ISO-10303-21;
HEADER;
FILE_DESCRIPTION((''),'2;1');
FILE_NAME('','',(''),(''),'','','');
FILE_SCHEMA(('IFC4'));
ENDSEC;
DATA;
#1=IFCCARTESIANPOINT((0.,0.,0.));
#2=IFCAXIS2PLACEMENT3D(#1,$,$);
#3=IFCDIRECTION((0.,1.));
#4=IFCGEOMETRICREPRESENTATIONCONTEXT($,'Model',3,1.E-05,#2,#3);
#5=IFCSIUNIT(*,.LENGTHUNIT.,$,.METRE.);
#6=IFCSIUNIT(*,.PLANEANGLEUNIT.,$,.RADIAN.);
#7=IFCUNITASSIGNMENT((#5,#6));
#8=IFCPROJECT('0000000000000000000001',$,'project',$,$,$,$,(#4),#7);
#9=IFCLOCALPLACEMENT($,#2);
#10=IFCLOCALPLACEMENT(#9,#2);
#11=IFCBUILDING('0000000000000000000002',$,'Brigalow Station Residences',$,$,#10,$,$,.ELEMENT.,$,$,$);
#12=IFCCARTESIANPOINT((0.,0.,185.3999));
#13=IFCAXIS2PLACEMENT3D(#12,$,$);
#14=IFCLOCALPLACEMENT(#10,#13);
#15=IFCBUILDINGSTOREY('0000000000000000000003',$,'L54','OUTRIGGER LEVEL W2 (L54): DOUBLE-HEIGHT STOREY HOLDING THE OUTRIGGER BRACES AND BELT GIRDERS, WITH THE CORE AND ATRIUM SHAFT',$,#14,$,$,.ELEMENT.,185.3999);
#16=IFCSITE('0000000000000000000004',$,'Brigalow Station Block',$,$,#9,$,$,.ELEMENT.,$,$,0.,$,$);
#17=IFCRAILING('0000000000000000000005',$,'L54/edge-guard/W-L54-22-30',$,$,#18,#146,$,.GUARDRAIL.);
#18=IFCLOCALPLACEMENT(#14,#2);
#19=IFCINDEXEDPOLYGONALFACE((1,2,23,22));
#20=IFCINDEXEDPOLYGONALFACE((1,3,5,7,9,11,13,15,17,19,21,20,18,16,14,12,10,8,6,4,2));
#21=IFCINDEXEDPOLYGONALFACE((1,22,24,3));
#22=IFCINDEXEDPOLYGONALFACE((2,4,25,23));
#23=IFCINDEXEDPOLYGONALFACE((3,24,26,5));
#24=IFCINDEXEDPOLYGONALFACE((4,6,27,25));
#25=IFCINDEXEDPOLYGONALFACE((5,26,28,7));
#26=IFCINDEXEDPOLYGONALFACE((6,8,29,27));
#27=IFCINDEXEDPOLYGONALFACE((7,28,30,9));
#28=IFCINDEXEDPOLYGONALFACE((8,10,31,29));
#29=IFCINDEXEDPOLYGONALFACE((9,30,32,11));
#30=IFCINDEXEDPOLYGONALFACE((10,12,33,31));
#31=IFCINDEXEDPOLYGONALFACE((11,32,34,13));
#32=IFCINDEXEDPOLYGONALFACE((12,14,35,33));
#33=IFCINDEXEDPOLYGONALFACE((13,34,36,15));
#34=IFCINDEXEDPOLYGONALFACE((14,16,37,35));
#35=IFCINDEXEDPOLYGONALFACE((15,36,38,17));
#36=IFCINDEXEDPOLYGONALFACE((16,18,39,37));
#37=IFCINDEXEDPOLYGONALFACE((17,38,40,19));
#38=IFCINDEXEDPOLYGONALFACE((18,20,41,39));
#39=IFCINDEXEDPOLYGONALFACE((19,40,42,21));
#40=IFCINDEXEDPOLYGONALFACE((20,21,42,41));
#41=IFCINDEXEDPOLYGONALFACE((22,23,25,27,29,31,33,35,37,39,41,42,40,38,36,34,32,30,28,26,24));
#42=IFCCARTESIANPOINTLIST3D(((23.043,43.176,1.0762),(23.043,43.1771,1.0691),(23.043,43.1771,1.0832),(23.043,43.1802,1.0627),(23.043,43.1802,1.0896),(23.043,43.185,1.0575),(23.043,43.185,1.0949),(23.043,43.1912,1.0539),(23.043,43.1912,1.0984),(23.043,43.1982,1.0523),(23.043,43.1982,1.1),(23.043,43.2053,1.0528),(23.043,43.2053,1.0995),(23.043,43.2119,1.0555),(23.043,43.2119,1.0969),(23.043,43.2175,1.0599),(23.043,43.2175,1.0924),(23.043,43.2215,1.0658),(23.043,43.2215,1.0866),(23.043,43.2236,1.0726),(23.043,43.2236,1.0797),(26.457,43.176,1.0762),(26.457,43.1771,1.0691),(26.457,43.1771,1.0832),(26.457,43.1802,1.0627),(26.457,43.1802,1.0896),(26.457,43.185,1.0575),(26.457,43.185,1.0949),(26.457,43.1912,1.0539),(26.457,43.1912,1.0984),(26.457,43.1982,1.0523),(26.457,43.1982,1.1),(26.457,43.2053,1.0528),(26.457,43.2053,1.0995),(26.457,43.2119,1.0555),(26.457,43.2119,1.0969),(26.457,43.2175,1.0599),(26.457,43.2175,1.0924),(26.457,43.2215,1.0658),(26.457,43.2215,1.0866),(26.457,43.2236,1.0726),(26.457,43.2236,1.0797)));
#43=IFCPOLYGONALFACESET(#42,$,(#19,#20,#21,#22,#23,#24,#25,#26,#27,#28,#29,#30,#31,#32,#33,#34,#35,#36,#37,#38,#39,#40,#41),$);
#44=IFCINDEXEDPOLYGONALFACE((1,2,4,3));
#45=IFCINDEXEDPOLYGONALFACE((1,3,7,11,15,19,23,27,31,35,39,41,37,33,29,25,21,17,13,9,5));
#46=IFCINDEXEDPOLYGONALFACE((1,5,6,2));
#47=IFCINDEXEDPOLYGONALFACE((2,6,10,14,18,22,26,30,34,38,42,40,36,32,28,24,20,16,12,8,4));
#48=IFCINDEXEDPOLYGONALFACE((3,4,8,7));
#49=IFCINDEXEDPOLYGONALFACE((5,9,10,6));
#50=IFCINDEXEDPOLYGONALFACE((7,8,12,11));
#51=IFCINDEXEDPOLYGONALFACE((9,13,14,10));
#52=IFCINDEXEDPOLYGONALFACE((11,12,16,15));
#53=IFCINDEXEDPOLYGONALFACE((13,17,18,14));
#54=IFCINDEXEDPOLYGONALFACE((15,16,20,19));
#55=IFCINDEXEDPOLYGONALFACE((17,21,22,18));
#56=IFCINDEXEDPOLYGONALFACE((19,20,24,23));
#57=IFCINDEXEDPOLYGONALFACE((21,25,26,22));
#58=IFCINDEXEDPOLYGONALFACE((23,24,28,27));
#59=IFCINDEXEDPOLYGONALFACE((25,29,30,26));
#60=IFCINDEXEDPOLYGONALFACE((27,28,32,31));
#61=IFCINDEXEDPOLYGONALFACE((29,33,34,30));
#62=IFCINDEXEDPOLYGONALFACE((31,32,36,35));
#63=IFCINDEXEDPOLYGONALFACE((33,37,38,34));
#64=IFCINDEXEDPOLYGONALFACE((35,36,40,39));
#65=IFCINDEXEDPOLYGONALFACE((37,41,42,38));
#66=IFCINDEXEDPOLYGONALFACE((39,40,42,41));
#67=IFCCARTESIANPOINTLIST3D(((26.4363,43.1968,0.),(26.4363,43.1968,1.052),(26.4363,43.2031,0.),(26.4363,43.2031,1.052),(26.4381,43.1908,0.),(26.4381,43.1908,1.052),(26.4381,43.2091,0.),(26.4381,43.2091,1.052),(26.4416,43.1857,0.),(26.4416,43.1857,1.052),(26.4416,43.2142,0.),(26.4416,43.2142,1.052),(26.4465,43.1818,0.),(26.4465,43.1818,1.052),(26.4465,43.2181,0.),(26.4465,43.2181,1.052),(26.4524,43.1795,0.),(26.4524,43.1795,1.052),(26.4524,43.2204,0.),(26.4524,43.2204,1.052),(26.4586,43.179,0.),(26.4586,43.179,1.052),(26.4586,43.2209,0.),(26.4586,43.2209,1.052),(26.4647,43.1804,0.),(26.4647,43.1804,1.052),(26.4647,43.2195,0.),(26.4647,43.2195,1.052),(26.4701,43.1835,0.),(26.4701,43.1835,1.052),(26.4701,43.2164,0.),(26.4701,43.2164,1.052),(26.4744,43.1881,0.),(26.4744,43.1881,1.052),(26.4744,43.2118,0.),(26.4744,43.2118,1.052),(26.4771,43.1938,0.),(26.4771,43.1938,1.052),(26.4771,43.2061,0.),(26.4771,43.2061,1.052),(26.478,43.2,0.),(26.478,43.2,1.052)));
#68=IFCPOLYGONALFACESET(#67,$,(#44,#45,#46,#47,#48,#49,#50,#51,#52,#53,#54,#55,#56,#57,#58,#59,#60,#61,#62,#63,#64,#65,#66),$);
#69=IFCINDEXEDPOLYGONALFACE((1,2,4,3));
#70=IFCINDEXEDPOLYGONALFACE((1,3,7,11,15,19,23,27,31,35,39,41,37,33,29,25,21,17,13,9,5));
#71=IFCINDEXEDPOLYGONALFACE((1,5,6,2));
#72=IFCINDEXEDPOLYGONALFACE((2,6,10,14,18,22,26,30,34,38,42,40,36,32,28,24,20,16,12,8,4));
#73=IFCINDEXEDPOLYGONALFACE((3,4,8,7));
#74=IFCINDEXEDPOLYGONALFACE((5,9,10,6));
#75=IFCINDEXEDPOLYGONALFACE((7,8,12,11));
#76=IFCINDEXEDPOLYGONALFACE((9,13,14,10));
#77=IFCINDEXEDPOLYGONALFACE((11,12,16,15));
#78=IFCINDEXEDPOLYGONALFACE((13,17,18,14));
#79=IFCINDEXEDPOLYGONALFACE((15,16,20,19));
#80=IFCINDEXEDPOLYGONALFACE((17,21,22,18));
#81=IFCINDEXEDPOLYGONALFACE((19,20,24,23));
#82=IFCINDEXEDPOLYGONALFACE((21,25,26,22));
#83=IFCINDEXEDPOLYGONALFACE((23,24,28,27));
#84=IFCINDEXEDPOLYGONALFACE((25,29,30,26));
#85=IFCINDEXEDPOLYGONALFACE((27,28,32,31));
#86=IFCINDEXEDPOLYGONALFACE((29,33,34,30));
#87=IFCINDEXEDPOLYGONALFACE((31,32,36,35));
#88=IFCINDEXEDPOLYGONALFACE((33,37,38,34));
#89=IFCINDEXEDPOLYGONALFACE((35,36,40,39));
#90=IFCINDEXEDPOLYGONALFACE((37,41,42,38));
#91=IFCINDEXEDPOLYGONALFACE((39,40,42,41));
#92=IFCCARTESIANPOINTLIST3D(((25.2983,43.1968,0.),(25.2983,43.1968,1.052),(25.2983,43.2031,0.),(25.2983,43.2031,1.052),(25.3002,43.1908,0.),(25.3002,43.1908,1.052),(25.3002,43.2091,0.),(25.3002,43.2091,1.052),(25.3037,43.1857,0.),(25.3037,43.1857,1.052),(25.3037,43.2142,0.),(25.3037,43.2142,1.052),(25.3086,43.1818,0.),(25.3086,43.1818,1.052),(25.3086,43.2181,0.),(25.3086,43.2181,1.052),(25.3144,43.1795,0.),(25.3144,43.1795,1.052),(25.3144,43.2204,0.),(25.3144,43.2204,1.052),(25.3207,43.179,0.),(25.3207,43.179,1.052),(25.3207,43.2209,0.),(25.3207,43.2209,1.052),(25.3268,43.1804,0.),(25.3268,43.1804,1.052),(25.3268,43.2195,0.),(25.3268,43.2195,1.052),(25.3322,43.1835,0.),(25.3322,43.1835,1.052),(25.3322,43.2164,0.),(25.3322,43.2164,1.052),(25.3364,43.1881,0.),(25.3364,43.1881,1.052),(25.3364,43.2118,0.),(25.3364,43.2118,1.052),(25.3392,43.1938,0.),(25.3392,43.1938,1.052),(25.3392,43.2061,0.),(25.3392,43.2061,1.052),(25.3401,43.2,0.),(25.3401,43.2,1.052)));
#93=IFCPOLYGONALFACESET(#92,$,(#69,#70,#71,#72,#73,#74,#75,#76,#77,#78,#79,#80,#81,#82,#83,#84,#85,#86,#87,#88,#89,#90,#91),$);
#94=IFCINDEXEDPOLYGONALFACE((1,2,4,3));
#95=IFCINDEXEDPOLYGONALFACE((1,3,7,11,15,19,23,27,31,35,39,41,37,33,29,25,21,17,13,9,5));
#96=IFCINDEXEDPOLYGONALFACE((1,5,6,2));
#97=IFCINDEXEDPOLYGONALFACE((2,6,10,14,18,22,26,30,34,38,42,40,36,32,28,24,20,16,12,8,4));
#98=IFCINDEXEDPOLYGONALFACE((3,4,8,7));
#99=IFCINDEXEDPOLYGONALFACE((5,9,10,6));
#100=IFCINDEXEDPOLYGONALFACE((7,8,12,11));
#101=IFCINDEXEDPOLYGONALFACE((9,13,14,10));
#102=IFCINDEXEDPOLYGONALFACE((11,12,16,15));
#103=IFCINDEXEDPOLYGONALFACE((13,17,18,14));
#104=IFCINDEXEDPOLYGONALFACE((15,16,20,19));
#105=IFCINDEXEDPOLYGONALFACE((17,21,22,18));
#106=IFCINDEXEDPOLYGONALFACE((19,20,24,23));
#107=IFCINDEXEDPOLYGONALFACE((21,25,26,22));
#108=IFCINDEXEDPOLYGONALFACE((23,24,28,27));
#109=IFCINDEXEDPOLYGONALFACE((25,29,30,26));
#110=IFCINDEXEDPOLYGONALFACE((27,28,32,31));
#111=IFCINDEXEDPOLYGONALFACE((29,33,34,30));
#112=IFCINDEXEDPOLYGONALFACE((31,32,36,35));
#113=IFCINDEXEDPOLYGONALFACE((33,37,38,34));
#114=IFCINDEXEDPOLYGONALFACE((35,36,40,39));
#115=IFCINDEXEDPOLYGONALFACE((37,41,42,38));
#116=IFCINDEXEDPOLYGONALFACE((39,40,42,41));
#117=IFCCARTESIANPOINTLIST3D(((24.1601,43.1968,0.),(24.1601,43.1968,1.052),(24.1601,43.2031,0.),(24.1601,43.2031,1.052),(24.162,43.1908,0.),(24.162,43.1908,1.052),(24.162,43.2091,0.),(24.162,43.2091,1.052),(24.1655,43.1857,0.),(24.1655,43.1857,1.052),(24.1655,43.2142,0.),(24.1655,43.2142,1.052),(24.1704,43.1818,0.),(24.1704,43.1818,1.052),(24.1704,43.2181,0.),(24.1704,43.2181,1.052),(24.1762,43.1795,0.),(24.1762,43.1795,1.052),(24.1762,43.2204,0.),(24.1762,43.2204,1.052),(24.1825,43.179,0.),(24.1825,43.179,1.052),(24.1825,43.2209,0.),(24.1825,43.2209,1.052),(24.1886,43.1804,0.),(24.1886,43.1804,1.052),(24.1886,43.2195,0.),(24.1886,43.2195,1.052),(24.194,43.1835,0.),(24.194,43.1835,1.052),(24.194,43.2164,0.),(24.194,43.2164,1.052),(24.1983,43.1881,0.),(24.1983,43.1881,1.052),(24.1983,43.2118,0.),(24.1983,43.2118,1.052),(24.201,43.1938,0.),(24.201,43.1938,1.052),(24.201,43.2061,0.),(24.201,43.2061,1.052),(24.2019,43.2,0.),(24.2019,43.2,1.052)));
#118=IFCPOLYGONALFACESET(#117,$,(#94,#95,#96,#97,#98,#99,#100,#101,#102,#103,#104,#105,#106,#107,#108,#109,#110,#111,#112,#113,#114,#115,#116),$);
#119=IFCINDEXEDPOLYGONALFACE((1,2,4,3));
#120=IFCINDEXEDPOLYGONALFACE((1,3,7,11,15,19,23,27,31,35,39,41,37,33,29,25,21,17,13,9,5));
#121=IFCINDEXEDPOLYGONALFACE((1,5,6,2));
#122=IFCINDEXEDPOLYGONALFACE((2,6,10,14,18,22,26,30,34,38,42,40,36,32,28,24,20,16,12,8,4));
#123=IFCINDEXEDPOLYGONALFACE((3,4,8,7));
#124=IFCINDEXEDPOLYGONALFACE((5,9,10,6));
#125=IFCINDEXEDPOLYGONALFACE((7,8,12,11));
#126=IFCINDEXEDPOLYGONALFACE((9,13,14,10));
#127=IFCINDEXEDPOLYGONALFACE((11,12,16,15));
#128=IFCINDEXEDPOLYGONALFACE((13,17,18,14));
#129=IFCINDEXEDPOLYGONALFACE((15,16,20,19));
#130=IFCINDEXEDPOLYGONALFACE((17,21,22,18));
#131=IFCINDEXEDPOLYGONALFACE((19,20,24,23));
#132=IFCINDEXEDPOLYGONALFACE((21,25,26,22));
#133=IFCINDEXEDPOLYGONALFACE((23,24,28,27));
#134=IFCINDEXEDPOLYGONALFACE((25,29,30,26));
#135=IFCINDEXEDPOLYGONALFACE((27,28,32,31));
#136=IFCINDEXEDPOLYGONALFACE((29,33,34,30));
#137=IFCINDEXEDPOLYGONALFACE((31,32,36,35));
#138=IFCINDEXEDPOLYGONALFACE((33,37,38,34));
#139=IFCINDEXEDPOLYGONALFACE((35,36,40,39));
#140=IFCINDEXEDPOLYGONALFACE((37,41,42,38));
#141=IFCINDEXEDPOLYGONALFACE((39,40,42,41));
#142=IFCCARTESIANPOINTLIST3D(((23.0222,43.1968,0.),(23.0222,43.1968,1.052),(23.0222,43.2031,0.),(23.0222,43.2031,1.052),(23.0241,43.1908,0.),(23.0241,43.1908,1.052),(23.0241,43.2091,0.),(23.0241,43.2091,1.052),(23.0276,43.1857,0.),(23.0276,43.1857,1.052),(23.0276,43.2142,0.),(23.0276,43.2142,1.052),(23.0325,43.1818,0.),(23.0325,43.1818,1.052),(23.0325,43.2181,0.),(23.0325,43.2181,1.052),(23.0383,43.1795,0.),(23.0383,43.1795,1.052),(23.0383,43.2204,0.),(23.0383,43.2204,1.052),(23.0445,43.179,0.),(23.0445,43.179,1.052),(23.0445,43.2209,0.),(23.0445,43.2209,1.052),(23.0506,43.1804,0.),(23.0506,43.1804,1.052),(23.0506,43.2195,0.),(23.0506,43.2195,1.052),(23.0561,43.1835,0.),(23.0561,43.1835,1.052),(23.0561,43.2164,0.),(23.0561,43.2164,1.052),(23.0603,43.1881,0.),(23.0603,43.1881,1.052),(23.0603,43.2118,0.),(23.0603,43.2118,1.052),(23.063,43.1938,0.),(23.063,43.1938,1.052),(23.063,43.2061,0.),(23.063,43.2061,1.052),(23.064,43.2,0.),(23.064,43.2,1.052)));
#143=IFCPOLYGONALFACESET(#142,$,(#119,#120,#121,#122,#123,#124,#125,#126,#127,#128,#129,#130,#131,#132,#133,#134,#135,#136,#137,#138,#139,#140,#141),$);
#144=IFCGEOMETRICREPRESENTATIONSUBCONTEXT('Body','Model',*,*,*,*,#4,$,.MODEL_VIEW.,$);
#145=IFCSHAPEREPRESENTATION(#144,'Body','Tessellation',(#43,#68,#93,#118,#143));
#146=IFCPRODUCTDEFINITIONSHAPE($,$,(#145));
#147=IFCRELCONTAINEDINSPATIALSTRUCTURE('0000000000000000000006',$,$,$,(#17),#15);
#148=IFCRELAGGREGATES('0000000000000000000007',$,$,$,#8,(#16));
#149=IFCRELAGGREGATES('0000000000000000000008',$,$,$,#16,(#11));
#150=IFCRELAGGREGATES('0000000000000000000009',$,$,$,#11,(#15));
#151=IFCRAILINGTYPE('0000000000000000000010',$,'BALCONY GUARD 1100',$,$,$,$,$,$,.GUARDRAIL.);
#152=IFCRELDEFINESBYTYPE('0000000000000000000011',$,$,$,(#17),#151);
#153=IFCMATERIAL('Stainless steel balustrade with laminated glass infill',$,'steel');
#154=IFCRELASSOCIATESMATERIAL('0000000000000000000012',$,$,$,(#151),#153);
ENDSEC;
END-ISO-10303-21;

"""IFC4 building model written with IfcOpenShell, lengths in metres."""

from ifc_helpers import new_model, si_unit, direction, frame, origin, origin_2d, place, context, subcontext, project, spatial, circle, extrude, material, type_object, element, save


model = new_model("IFC4")

# Units and contexts
model_context = context("Model", 3, precision=1e-05, world=origin(), true_north=direction((0.0, 1.0)))
body_context = subcontext(model_context, "Body", "Model", "MODEL_VIEW")
ifc_project = project(units=[si_unit("LENGTHUNIT", "METRE"), si_unit("PLANEANGLEUNIT", "RADIAN")], contexts=[model_context])

# Site, building, storey
site_placement = place(None, origin())
site = spatial("IfcSite", under=ifc_project, at=site_placement, Name="Brigalow Station Block", CompositionType="ELEMENT", RefElevation=0.0)
building_placement = place(site_placement, origin())
building = spatial("IfcBuilding", under=site, at=building_placement, Name="Brigalow Station Residences", CompositionType="ELEMENT")
storey_placement = place(building_placement, frame((0.0, 0.0, 185.3999)))
storey = spatial("IfcBuildingStorey", under=building, at=storey_placement, Name="L54", Description="OUTRIGGER LEVEL W2 (L54): DOUBLE-HEIGHT STOREY HOLDING THE OUTRIGGER BRACES AND BELT GIRDERS, WITH THE CORE AND ATRIUM SHAFT", CompositionType="ELEMENT", Elevation=185.3999)

# Railing
ifc_material_1 = material(Name="Stainless steel balustrade with laminated glass infill", Category="steel")
railing_type = type_object("IfcRailingType", Name="BALCONY GUARD 1100", PredefinedType="GUARDRAIL", material=ifc_material_1)
for number, where, name in (
    (1, (26.457, 43.2, 0.0), "L54/edge-guard/W-L54-22-30"),
):
    element("IfcRailing", number, at=place(storey_placement, frame(where)), inside=storey, type_object=railing_type, Name=name, PredefinedType="GUARDRAIL", context=body_context, shape_type="SweptSolid", body=[
        extrude(circle(Radius=0.0239, at=origin_2d()), frame((0.0, 0.0, 1.0762), z_axis=(-1.0, 0.0, 0.0), x_axis=(0.0, -1.0, 0.0)), (0.0, 0.0, 1.0), 3.4141),
        extrude(circle(Radius=0.021, at=origin_2d()), origin(), (0.0, 0.0, 1.0), 1.052),
        extrude(circle(Radius=0.021, at=origin_2d()), frame((-1.1379, 0.0, 0.0)), (0.0, 0.0, 1.0), 1.052),
        extrude(circle(Radius=0.021, at=origin_2d()), frame((-2.2761, 0.0, 0.0)), (0.0, 0.0, 1.0), 1.052),
        extrude(circle(Radius=0.021, at=origin_2d()), frame((-3.4141, 0.0, 0.0)), (0.0, 0.0, 1.0), 1.052),
    ])

save(model, "model.ifc")
